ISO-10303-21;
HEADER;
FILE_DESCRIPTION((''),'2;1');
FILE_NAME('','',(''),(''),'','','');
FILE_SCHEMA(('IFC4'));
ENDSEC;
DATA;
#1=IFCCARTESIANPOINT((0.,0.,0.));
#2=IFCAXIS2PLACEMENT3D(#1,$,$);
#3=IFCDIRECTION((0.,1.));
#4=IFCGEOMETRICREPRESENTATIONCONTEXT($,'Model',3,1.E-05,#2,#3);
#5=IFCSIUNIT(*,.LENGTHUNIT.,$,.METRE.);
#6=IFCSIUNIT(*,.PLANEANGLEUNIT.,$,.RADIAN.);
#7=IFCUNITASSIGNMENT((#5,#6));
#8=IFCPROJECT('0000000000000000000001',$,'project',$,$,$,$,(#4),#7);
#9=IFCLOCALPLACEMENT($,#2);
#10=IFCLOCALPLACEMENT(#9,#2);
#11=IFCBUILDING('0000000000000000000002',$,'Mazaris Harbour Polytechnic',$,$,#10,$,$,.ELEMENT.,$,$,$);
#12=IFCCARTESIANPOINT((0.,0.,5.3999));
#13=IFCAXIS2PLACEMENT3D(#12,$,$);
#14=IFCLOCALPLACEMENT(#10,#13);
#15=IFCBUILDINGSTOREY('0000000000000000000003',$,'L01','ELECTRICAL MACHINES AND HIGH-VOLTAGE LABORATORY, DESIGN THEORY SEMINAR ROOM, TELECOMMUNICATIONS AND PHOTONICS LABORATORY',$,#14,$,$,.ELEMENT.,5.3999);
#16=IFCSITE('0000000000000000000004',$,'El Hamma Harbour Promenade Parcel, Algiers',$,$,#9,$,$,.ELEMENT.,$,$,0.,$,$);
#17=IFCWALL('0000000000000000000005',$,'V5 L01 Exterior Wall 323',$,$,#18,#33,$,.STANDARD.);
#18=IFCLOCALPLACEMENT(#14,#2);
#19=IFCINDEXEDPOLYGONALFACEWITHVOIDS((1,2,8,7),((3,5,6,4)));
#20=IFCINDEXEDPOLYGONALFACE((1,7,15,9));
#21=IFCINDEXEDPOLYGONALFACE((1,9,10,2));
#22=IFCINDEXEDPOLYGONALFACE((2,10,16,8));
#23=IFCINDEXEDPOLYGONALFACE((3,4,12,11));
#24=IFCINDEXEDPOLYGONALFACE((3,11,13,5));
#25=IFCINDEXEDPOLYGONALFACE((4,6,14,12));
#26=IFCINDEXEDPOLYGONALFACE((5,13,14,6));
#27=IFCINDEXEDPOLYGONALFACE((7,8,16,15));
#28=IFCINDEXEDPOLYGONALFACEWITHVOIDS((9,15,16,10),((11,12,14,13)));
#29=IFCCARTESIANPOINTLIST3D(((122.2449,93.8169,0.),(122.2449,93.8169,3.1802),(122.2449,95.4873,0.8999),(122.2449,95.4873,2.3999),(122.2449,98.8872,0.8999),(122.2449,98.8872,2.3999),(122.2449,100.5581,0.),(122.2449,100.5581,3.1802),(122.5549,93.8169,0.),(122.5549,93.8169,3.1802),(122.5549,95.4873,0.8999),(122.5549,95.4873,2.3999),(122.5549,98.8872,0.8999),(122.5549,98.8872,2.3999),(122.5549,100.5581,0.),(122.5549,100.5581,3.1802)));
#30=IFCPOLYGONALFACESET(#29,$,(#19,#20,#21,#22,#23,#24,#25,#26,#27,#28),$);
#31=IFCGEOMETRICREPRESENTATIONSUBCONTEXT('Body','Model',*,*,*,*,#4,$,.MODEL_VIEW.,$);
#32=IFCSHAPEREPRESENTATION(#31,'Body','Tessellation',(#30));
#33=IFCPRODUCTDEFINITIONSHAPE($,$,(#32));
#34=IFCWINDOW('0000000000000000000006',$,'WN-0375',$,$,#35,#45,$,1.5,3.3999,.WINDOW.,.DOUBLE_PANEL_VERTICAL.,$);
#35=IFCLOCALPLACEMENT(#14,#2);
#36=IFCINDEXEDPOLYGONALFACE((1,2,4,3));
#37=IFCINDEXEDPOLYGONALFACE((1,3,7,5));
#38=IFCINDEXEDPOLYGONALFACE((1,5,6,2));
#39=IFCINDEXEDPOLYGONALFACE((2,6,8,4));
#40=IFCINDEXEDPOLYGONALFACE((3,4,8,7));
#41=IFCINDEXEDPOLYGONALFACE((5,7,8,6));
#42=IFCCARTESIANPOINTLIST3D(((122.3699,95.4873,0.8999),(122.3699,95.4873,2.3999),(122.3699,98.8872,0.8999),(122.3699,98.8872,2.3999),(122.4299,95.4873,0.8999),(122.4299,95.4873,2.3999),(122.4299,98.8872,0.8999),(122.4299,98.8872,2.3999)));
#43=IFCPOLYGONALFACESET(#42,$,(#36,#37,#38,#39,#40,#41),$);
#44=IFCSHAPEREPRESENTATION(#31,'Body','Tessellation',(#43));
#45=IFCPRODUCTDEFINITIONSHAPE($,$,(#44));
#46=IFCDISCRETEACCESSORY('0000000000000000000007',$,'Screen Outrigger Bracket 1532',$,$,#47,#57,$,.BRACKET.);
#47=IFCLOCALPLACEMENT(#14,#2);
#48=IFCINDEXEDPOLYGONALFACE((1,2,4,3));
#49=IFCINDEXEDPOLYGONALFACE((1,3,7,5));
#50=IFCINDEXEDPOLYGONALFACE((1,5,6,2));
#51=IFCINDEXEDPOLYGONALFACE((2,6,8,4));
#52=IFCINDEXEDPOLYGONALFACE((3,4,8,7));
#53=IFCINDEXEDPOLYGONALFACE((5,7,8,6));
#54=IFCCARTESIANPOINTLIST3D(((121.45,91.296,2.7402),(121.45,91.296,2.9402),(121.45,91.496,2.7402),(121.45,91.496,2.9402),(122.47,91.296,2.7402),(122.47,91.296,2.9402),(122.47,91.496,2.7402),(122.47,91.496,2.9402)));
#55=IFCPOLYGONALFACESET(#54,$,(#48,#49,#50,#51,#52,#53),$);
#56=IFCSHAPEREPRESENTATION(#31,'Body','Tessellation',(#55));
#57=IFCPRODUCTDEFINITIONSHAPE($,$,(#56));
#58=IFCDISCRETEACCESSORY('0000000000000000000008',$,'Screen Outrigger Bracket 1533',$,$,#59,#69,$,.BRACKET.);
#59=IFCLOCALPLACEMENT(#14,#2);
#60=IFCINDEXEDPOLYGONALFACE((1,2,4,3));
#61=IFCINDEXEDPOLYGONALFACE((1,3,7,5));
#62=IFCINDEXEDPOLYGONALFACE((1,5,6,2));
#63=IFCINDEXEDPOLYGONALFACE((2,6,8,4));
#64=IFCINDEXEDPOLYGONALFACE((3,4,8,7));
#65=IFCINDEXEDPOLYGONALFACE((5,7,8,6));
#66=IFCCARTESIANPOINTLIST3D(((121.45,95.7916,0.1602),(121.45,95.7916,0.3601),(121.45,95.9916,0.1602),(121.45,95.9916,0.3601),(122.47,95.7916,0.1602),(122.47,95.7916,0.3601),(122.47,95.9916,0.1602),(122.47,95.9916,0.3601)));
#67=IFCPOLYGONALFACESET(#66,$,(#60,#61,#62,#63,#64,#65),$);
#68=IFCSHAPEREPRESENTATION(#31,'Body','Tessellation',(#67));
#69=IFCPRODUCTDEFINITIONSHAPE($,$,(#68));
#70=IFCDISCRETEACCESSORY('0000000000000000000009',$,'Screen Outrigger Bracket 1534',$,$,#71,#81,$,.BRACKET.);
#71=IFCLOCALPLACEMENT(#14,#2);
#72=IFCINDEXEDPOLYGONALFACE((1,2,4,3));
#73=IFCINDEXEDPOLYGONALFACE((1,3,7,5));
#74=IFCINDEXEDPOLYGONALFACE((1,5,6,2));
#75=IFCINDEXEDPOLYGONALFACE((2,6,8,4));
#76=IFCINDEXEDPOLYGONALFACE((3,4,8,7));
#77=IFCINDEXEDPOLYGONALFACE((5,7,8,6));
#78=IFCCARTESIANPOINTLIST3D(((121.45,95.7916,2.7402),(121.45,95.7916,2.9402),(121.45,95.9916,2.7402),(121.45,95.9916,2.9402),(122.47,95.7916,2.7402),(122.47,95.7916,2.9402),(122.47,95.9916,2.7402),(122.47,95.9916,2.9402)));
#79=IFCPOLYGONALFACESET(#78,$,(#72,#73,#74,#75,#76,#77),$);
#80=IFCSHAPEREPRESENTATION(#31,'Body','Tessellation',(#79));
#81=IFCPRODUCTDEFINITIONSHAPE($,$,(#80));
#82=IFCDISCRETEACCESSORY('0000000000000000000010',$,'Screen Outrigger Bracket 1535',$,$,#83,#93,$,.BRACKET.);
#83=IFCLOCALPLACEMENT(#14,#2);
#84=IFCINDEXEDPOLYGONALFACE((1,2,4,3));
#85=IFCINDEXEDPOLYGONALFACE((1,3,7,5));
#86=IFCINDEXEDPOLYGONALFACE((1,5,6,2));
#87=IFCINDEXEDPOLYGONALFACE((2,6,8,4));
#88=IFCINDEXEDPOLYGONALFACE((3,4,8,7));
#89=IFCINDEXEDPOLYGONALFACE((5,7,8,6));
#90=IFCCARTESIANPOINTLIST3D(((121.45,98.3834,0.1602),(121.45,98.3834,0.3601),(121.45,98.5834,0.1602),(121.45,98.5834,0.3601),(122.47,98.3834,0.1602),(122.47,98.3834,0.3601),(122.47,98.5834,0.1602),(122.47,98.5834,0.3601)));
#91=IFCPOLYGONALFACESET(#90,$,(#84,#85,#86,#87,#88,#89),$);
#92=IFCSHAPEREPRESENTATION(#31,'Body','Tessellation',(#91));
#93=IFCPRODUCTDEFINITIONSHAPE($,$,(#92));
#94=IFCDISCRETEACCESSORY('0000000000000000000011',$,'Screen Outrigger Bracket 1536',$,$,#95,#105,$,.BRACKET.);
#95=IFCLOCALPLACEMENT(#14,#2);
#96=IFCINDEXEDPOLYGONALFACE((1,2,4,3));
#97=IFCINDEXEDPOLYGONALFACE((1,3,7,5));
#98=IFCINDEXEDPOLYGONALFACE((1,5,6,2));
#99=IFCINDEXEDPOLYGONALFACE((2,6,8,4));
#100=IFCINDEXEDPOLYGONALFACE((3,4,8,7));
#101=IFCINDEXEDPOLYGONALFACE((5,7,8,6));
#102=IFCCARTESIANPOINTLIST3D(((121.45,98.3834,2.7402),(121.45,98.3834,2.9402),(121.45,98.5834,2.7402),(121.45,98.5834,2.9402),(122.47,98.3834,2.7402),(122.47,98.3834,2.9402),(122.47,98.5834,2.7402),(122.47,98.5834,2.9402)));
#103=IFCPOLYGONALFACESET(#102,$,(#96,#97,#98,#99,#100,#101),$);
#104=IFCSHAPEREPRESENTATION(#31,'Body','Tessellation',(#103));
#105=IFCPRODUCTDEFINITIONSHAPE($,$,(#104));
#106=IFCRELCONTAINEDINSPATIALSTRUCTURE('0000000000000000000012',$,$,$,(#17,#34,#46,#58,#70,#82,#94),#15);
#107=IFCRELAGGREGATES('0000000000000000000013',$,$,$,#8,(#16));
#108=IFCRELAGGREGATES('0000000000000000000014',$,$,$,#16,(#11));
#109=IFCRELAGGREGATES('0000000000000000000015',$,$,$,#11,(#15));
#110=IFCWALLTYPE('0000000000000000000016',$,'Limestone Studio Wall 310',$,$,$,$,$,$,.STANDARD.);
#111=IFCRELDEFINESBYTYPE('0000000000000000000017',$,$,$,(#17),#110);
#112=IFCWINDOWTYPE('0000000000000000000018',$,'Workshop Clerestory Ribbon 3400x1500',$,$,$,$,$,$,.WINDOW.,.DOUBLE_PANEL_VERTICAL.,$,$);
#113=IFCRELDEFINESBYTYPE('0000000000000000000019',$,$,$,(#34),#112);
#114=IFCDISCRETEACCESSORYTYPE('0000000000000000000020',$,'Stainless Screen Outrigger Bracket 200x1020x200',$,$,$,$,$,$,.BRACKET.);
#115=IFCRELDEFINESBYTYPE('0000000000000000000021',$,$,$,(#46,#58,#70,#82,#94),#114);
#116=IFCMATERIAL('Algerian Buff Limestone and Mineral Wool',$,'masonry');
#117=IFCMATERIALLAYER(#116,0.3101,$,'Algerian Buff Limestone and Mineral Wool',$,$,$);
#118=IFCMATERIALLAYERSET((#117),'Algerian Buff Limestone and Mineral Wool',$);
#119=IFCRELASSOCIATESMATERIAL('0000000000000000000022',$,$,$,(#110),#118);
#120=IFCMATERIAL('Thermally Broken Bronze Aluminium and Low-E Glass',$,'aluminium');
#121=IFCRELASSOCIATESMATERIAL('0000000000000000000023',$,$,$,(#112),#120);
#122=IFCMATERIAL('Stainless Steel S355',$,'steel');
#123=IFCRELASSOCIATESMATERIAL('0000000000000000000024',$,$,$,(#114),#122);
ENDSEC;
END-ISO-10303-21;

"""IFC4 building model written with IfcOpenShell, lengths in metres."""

from ifc_helpers import new_model, si_unit, direction, frame, frame_2d, origin, origin_2d, place, context, subcontext, project, spatial, rectangle, extrude, material, layer, layer_set, type_object, element, fill, save


model = new_model("IFC4")

# Units and contexts
model_context = context("Model", 3, precision=1e-05, world=origin(), true_north=direction((0.0, 1.0)))
body_context = subcontext(model_context, "Body", "Model", "MODEL_VIEW")
ifc_project = project(units=[si_unit("LENGTHUNIT", "METRE"), si_unit("PLANEANGLEUNIT", "RADIAN")], contexts=[model_context])

# Site, building, storey
site_placement = place(None, origin())
site = spatial("IfcSite", under=ifc_project, at=site_placement, Name="El Hamma Harbour Promenade Parcel, Algiers", CompositionType="ELEMENT", RefElevation=0.0)
building_placement = place(site_placement, origin())
building = spatial("IfcBuilding", under=site, at=building_placement, Name="Mazaris Harbour Polytechnic", CompositionType="ELEMENT")
storey_placement = place(building_placement, frame((0.0, 0.0, 5.3999)))
storey = spatial("IfcBuildingStorey", under=building, at=storey_placement, Name="L01", Description="ELECTRICAL MACHINES AND HIGH-VOLTAGE LABORATORY, DESIGN THEORY SEMINAR ROOM, TELECOMMUNICATIONS AND PHOTONICS LABORATORY", CompositionType="ELEMENT", Elevation=5.3999)

# Wall, opening, window
ifc_material_1 = material(Name="Algerian Buff Limestone and Mineral Wool", Category="masonry")
ifc_layer_1 = layer(ifc_material_1, 0.3101, Name="Algerian Buff Limestone and Mineral Wool")
ifc_layer_set_1 = layer_set([ifc_layer_1], Name="Algerian Buff Limestone and Mineral Wool")
wall_type = type_object("IfcWallType", Name="Limestone Studio Wall 310", PredefinedType="STANDARD", material=ifc_layer_set_1)
wall_placement = place(storey_placement, frame((122.3999, 93.8169, 0.0), z_axis=(0.0, 0.0, 1.0), x_axis=(0.0, 1.0, 0.0)))
wall = element("IfcWall", 1, at=wall_placement, inside=storey, type_object=wall_type, Name="V5 L01 Exterior Wall 323", PredefinedType="STANDARD", context=body_context, shape_type="SweptSolid", body=[
    extrude(rectangle(XDim=6.7412, YDim=0.3101, at=frame_2d((3.3706, 0.0))), origin(), (0.0, 0.0, 1.0), 3.1802),
])
opening_placement = place(wall_placement, frame((1.6704, 0.0, 0.8999)))
opening = element("IfcOpeningElement", 2, at=opening_placement, cuts=wall, PredefinedType="OPENING", context=body_context, shape_type="SweptSolid", body=[
    extrude(rectangle(XDim=3.3999, YDim=1.5, at=frame_2d((1.7, 0.75))), frame((0.0, 0.165, 0.0), z_axis=(0.0, -1.0, 0.0), x_axis=(1.0, 0.0, 0.0)), (0.0, 0.0, 1.0), 0.3301),
])
ifc_material_2 = material(Name="Thermally Broken Bronze Aluminium and Low-E Glass", Category="aluminium")
window_type = type_object("IfcWindowType", Name="Workshop Clerestory Ribbon 3400x1500", PartitioningType="DOUBLE_PANEL_VERTICAL", PredefinedType="WINDOW", material=ifc_material_2)
window_placement = place(opening_placement, origin())
window = element("IfcWindow", 3, at=window_placement, inside=storey, type_object=window_type, Name="WN-0375", OverallHeight=1.5, OverallWidth=3.3999, PartitioningType="DOUBLE_PANEL_VERTICAL", PredefinedType="WINDOW", context=body_context, shape_type="SweptSolid", body=[
    extrude(rectangle(XDim=3.3999, YDim=1.5, at=frame_2d((1.7, 0.75))), frame((0.0, 0.03, 0.0), z_axis=(0.0, -1.0, 0.0), x_axis=(1.0, 0.0, 0.0)), (0.0, 0.0, 1.0), 0.0601),
])
fill(opening, window)

# Discrete accessories
ifc_material_3 = material(Name="Stainless Steel S355", Category="steel")
discrete_accessory_type = type_object("IfcDiscreteAccessoryType", Name="Stainless Screen Outrigger Bracket 200x1020x200", PredefinedType="BRACKET", material=ifc_material_3)
for number, where, z_axis, x_axis, name in (
    (4, (121.96, 91.396, 2.7402), (0.0, 0.0, 1.0), (0.0, 1.0, 0.0), "Screen Outrigger Bracket 1532"),
    (5, (121.96, 95.8916, 0.1602), (0.0, 0.0, 1.0), (0.0, 1.0, 0.0), "Screen Outrigger Bracket 1533"),
    (6, (121.96, 95.8916, 2.7402), (0.0, 0.0, 1.0), (0.0, 1.0, 0.0), "Screen Outrigger Bracket 1534"),
    (7, (121.96, 98.4834, 0.1602), (0.0, 0.0, 1.0), (0.0, 1.0, 0.0), "Screen Outrigger Bracket 1535"),
    (8, (121.96, 98.4834, 2.7402), (0.0, 0.0, 1.0), (0.0, 1.0, 0.0), "Screen Outrigger Bracket 1536"),
):
    element("IfcDiscreteAccessory", number, at=place(storey_placement, frame(where, z_axis=z_axis, x_axis=x_axis)), inside=storey, type_object=discrete_accessory_type, Name=name, PredefinedType="BRACKET", context=body_context, shape_type="SweptSolid", body=[
        extrude(rectangle(XDim=0.2, YDim=1.02, at=origin_2d()), origin(), (0.0, 0.0, 1.0), 0.2),
    ])

save(model, "model.ifc")
